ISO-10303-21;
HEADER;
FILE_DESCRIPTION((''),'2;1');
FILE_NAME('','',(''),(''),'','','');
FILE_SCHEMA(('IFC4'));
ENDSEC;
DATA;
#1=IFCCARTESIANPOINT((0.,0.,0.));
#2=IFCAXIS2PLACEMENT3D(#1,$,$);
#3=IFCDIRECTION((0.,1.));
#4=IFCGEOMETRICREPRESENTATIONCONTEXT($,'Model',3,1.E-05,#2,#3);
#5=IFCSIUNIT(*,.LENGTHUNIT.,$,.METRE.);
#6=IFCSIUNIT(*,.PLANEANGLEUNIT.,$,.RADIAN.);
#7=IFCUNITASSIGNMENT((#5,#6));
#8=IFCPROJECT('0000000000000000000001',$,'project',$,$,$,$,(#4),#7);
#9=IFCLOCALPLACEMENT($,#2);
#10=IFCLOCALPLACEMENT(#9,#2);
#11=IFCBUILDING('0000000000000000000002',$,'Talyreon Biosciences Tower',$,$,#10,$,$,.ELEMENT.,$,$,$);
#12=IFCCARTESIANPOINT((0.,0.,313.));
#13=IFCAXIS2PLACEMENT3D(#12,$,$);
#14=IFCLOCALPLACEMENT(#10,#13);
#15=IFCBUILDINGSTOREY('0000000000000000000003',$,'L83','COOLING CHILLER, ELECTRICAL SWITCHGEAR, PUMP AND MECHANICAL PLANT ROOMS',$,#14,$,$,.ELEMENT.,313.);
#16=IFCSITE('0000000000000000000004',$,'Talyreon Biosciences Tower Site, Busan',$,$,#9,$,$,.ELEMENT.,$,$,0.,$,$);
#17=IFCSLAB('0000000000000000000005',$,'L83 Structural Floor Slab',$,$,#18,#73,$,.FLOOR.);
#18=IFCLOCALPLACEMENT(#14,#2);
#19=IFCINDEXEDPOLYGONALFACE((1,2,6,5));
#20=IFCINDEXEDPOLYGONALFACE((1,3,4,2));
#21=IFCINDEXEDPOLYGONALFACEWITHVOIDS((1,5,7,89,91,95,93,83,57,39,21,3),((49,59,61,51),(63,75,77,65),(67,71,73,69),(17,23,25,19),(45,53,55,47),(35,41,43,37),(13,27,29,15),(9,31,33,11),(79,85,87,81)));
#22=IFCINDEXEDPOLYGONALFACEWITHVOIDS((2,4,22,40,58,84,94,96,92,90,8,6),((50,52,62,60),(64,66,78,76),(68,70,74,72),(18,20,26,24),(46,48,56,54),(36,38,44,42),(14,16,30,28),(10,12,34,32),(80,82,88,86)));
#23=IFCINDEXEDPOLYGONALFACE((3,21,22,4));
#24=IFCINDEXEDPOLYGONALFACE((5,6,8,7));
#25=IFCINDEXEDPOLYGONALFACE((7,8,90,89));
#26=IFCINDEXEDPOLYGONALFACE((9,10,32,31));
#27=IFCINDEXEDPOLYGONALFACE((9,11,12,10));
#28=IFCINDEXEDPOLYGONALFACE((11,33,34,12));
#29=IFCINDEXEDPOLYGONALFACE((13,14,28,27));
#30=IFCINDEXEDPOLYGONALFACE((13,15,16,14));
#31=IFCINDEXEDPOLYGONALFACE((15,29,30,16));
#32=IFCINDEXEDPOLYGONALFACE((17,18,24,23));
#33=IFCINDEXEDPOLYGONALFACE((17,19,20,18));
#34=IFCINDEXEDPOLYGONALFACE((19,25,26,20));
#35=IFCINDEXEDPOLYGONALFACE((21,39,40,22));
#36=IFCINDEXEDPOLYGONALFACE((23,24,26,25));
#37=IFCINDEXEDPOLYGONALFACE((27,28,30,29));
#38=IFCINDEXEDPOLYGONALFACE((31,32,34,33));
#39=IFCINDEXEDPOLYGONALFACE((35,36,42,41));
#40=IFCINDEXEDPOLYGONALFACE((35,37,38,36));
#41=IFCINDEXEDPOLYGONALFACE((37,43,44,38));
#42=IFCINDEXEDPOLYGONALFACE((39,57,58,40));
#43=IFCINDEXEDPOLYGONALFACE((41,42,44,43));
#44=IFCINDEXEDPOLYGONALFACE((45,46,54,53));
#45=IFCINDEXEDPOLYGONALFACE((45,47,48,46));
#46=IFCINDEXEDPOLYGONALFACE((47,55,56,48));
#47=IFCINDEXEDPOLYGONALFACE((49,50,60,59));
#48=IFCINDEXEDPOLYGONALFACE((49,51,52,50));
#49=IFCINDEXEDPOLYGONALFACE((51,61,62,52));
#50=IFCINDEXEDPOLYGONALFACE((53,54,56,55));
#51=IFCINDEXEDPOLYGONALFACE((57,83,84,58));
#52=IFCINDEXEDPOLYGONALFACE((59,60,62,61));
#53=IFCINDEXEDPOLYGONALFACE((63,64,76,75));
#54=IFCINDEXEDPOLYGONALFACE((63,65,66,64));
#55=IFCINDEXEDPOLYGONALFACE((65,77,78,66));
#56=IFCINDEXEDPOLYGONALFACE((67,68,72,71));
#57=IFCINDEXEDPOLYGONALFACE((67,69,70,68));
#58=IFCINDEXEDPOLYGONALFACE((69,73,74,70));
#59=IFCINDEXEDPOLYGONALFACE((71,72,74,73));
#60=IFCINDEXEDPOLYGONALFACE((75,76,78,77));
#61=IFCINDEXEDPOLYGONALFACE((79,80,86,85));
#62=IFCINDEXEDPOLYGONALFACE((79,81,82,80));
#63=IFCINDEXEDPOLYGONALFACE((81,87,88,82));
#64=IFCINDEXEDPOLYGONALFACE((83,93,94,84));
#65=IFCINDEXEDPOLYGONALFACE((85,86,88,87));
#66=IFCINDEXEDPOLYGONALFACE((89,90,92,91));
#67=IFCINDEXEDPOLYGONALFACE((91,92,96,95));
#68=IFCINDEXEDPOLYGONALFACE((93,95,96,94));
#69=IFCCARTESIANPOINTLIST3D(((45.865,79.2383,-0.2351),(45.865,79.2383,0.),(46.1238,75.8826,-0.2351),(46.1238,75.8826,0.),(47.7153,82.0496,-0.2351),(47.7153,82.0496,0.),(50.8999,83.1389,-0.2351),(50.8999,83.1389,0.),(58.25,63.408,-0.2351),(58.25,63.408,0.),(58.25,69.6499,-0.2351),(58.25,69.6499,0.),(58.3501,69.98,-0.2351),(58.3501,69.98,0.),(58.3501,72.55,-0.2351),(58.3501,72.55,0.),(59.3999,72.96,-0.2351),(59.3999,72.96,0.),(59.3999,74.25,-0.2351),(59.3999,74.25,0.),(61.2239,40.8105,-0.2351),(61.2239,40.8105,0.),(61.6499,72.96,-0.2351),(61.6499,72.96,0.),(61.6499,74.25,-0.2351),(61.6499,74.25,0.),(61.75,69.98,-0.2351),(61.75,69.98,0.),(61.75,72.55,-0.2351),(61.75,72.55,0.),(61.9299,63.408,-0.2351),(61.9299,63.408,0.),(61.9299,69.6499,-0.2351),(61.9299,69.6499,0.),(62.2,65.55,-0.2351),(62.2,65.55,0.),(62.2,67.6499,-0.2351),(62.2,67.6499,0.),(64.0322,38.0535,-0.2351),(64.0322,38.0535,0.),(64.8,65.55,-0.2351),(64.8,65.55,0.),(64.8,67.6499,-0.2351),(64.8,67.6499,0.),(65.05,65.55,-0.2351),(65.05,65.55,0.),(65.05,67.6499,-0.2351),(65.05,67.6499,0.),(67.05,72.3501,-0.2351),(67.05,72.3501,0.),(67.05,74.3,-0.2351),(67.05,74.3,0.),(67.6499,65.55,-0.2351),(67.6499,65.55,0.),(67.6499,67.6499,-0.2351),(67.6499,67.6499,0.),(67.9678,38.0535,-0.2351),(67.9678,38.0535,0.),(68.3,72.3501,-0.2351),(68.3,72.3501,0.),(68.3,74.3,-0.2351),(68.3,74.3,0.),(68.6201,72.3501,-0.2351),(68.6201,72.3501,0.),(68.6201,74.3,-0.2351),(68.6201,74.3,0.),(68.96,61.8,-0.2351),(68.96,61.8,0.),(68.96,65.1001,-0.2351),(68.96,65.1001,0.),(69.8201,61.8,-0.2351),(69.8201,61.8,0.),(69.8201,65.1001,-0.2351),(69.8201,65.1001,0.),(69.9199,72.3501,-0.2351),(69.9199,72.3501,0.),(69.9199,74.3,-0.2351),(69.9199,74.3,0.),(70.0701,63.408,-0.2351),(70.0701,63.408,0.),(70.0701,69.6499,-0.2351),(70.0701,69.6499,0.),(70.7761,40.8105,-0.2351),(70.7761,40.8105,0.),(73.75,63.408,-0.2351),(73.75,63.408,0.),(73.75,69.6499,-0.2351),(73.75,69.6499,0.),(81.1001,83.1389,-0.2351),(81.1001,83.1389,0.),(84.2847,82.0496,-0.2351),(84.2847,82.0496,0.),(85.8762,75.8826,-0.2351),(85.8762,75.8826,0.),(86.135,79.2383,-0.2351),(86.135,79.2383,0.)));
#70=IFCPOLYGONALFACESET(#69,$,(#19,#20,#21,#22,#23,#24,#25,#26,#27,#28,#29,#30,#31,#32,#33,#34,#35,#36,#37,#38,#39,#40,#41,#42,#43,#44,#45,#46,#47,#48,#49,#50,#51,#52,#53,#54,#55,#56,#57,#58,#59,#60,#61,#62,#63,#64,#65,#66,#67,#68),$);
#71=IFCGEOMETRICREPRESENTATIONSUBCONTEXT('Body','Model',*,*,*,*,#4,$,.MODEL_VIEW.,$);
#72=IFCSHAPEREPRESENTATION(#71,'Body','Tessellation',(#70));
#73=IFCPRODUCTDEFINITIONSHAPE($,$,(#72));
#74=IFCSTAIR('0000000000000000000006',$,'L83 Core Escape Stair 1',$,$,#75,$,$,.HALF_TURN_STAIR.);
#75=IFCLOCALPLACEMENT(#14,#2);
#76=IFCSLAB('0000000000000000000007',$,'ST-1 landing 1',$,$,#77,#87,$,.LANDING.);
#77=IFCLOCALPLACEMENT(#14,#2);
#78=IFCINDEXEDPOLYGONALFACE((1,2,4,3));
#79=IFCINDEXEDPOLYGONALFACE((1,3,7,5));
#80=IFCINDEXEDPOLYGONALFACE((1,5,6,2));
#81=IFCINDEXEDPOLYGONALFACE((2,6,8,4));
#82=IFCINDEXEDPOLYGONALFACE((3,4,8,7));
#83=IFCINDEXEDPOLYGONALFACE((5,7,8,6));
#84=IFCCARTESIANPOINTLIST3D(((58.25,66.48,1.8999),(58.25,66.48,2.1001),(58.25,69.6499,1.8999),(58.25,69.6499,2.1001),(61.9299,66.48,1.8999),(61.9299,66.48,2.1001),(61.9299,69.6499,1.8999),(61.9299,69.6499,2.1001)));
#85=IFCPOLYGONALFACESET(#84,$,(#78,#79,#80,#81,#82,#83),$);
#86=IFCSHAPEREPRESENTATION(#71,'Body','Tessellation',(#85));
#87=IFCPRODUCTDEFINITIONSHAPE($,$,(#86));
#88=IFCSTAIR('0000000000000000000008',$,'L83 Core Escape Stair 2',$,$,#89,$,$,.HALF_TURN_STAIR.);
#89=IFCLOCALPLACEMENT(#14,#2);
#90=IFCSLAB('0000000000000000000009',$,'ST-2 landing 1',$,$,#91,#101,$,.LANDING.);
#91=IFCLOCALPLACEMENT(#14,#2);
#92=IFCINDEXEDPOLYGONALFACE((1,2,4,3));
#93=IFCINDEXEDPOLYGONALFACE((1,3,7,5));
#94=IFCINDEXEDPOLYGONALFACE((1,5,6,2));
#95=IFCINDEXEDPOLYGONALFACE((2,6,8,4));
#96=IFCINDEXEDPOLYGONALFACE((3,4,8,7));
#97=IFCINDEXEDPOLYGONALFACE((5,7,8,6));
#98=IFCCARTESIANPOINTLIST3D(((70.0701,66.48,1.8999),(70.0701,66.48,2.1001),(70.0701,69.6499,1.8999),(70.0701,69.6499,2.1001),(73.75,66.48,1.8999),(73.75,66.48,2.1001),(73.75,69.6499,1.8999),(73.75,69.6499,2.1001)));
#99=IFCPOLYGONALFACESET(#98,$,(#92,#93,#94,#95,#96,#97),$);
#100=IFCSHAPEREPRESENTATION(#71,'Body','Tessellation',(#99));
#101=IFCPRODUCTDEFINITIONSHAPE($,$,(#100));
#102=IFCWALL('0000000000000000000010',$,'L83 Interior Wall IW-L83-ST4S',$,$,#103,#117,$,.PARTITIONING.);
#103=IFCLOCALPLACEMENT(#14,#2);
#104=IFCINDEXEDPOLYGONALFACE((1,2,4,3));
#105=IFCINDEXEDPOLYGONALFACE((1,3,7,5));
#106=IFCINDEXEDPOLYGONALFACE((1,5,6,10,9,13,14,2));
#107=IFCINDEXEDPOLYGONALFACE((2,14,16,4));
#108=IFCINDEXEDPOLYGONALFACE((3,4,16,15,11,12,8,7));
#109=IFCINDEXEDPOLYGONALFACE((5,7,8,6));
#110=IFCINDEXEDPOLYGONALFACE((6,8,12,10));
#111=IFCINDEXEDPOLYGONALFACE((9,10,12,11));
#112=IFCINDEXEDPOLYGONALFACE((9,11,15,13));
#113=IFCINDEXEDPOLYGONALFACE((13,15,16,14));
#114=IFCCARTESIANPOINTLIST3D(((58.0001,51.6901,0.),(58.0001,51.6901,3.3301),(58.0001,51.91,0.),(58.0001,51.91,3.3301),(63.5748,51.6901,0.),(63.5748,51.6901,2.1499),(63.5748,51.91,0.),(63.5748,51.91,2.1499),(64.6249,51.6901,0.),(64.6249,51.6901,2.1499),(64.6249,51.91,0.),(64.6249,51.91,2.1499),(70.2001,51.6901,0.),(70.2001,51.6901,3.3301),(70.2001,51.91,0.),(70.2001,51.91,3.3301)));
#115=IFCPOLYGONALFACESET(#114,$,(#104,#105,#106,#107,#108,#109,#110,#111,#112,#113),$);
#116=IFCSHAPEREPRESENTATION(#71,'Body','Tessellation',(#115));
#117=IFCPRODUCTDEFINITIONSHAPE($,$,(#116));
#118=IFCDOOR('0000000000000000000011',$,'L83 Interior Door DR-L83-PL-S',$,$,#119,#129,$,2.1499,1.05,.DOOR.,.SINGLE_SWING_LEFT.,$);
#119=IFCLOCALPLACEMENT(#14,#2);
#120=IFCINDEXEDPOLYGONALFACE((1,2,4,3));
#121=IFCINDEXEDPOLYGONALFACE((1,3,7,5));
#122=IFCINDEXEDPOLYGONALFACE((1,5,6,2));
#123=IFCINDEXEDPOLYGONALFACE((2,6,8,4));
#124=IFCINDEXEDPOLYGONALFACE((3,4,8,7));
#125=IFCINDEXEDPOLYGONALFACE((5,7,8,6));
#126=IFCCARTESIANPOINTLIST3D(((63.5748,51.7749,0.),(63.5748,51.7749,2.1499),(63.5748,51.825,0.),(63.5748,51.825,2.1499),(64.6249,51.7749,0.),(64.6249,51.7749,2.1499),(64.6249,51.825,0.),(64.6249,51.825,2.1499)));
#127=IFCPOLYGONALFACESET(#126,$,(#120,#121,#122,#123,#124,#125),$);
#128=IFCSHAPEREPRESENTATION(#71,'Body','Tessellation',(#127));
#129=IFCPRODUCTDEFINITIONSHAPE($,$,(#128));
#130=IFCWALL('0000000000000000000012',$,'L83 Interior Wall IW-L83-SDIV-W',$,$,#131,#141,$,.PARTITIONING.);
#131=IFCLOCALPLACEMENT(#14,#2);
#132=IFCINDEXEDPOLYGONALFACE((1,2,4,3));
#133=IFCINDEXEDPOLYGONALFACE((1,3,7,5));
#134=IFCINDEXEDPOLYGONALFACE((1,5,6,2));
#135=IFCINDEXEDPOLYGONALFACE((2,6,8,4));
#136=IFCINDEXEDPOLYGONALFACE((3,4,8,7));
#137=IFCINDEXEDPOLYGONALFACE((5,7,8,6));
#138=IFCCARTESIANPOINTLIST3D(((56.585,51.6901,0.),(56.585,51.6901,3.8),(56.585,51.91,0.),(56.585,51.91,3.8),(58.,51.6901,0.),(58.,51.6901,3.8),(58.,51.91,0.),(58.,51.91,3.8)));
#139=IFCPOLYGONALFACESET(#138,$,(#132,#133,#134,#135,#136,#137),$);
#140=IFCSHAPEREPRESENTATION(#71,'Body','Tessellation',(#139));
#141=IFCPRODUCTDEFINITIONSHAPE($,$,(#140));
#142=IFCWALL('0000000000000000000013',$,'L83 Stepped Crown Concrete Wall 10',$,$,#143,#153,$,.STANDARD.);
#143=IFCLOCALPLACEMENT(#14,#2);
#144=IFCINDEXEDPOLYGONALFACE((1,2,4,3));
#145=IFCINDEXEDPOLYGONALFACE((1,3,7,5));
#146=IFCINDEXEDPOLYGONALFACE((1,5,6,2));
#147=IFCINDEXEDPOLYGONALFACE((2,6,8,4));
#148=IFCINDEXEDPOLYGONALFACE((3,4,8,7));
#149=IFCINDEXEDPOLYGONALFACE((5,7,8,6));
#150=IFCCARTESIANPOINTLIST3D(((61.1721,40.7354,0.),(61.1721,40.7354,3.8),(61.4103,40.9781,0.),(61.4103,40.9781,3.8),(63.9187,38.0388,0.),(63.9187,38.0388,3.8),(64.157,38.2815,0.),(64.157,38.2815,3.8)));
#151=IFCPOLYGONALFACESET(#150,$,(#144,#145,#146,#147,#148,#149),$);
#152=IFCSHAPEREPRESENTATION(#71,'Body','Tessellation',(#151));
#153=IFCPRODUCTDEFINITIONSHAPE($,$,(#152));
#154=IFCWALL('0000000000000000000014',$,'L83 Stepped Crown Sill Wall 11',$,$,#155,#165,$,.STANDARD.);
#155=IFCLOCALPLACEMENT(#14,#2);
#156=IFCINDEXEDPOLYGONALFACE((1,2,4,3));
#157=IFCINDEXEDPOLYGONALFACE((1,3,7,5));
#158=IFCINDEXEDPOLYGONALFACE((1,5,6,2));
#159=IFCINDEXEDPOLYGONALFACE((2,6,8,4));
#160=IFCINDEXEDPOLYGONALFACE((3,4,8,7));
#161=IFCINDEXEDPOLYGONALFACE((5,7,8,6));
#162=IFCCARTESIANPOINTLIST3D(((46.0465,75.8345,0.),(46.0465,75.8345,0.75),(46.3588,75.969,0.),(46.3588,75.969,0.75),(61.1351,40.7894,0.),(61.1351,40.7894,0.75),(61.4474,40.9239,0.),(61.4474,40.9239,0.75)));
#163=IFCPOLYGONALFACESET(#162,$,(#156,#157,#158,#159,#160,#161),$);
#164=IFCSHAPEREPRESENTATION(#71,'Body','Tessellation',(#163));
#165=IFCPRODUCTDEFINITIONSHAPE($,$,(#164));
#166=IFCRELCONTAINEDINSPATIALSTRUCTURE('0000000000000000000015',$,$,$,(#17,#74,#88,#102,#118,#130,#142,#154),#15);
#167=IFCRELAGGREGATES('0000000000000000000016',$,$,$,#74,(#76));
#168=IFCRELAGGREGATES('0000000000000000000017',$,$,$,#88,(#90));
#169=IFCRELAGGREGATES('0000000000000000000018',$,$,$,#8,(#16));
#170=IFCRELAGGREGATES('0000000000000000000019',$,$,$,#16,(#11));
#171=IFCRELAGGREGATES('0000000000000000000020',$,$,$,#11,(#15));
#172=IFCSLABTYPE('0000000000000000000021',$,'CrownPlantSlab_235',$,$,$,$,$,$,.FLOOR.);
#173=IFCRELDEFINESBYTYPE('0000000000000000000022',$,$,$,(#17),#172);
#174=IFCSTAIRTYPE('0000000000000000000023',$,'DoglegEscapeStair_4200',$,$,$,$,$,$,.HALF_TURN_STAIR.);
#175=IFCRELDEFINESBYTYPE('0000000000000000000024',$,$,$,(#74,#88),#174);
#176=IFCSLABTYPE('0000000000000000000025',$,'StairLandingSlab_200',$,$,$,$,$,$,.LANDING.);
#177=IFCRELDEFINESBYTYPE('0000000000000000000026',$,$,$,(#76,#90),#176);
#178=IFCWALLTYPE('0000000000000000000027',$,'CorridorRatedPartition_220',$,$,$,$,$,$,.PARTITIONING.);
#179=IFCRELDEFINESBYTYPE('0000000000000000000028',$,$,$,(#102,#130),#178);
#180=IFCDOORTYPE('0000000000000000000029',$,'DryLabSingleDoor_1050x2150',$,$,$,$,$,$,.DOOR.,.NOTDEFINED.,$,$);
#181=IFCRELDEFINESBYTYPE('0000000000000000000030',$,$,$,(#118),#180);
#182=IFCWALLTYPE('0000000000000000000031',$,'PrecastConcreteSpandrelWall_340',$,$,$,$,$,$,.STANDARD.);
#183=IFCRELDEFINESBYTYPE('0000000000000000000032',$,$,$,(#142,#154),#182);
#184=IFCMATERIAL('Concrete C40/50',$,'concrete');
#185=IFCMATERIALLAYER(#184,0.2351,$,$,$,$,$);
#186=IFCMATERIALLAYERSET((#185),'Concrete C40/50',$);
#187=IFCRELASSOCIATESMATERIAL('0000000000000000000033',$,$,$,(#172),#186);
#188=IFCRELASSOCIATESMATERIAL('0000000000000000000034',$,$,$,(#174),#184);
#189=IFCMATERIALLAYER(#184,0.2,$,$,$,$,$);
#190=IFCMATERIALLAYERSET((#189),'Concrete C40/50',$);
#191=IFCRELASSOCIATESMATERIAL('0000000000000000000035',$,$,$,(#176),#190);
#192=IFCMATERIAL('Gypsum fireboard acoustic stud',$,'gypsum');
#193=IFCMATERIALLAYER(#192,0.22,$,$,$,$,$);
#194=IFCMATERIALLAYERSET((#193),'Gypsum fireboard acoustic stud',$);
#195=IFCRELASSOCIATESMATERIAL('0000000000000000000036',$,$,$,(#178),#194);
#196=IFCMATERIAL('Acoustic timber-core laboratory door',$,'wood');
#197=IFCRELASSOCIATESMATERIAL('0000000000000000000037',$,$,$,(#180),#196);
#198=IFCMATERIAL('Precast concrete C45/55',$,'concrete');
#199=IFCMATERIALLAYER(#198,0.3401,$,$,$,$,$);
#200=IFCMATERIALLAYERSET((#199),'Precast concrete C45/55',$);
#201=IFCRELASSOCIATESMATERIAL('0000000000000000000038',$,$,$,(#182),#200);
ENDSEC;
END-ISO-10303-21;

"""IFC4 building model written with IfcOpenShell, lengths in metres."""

from ifc_helpers import new_model, si_unit, direction, frame, frame_2d, origin, place, context, subcontext, project, spatial, polyline, rectangle, outline, extrude, material, layer, layer_set, type_object, element, fill, aggregate, save


model = new_model("IFC4")

# Units and contexts
model_context = context("Model", 3, precision=1e-05, world=origin(), true_north=direction((0.0, 1.0)))
body_context = subcontext(model_context, "Body", "Model", "MODEL_VIEW")
ifc_project = project(units=[si_unit("LENGTHUNIT", "METRE"), si_unit("PLANEANGLEUNIT", "RADIAN")], contexts=[model_context])

# Site, building, storey
site_placement = place(None, origin())
site = spatial("IfcSite", under=ifc_project, at=site_placement, Name="Talyreon Biosciences Tower Site, Busan", CompositionType="ELEMENT", RefElevation=0.0)
building_placement = place(site_placement, origin())
building = spatial("IfcBuilding", under=site, at=building_placement, Name="Talyreon Biosciences Tower", CompositionType="ELEMENT")
storey_placement = place(building_placement, frame((0.0, 0.0, 313.0)))
storey = spatial("IfcBuildingStorey", under=building, at=storey_placement, Name="L83", Description="COOLING CHILLER, ELECTRICAL SWITCHGEAR, PUMP AND MECHANICAL PLANT ROOMS", CompositionType="ELEMENT", Elevation=313.0)

# Slab
ifc_material_1 = material(Name="Concrete C40/50", Category="concrete")
ifc_layer_1 = layer(ifc_material_1, 0.2351)
ifc_layer_set_1 = layer_set([ifc_layer_1], Name="Concrete C40/50")
slab_type_1 = type_object("IfcSlabType", Name="CrownPlantSlab_235", PredefinedType="FLOOR", material=ifc_layer_set_1)
slab_1_placement = place(storey_placement, frame((0.0, 0.0, -0.2351)))
element("IfcSlab", 1, at=slab_1_placement, inside=storey, type_object=slab_type_1, Name="L83 Structural Floor Slab", PredefinedType="FLOOR", context=body_context, shape_type="SweptSolid", body=[
    extrude(outline(polyline([(46.1238, 75.8826), (45.865, 79.2383), (47.7153, 82.0496), (50.8999, 83.1389), (81.1001, 83.1389), (84.2847, 82.0496), (86.135, 79.2383), (85.8762, 75.8826), (70.7761, 40.8105), (67.9678, 38.0535), (64.0322, 38.0535), (61.2239, 40.8105), (46.1238, 75.8826)]), holes=[polyline([(69.8201, 65.1001), (69.8201, 61.8), (68.96, 61.8), (68.96, 65.1001), (69.8201, 65.1001)]), polyline([(61.9299, 69.6499), (61.9299, 63.408), (58.25, 63.408), (58.25, 69.6499), (61.9299, 69.6499)]), polyline([(73.75, 69.6499), (73.75, 63.408), (70.0701, 63.408), (70.0701, 69.6499), (73.75, 69.6499)]), polyline([(64.8, 67.6499), (64.8, 65.55), (62.2, 65.55), (62.2, 67.6499), (64.8, 67.6499)]), polyline([(67.6499, 67.6499), (67.6499, 65.55), (65.05, 65.55), (65.05, 67.6499), (67.6499, 67.6499)]), polyline([(61.75, 72.55), (61.75, 69.98), (58.3501, 69.98), (58.3501, 72.55), (61.75, 72.55)]), polyline([(68.3, 74.3), (68.3, 72.3501), (67.05, 72.3501), (67.05, 74.3), (68.3, 74.3)]), polyline([(69.9199, 72.3501), (68.6201, 72.3501), (68.6201, 74.3), (69.9199, 74.3), (69.9199, 72.3501)]), polyline([(61.6499, 72.96), (59.3999, 72.96), (59.3999, 74.25), (61.6499, 74.25), (61.6499, 72.96)])]), origin(), (0.0, 0.0, 1.0), 0.2351),
])

# Stairs, slabs
stair_type = type_object("IfcStairType", Name="DoglegEscapeStair_4200", PredefinedType="HALF_TURN_STAIR", material=ifc_material_1)
stair_1_placement = place(storey_placement, origin())
stair_1 = element("IfcStair", 2, at=stair_1_placement, inside=storey, type_object=stair_type, Name="L83 Core Escape Stair 1", PredefinedType="HALF_TURN_STAIR")
ifc_layer_2 = layer(ifc_material_1, 0.2)
ifc_layer_set_2 = layer_set([ifc_layer_2], Name="Concrete C40/50")
slab_type_2 = type_object("IfcSlabType", Name="StairLandingSlab_200", PredefinedType="LANDING", material=ifc_layer_set_2)
slab_2_placement = place(storey_placement, frame((0.0, 0.0, 1.8999)))
slab_2 = element("IfcSlab", 3, at=slab_2_placement, type_object=slab_type_2, Name="ST-1 landing 1", PredefinedType="LANDING", context=body_context, shape_type="SweptSolid", body=[
    extrude(outline(polyline([(61.9299, 66.48), (61.9299, 69.6499), (58.25, 69.6499), (58.25, 66.48), (61.9299, 66.48)])), origin(), (0.0, 0.0, 1.0), 0.2002),
])
aggregate(stair_1, [slab_2])
stair_2_placement = place(storey_placement, origin())
stair_2 = element("IfcStair", 4, at=stair_2_placement, inside=storey, type_object=stair_type, Name="L83 Core Escape Stair 2", PredefinedType="HALF_TURN_STAIR")
slab_3_placement = place(storey_placement, frame((0.0, 0.0, 1.8999)))
slab_3 = element("IfcSlab", 5, at=slab_3_placement, type_object=slab_type_2, Name="ST-2 landing 1", PredefinedType="LANDING", context=body_context, shape_type="SweptSolid", body=[
    extrude(outline(polyline([(73.75, 66.48), (73.75, 69.6499), (70.0701, 69.6499), (70.0701, 66.48), (73.75, 66.48)])), origin(), (0.0, 0.0, 1.0), 0.2002),
])
aggregate(stair_2, [slab_3])

# Wall, opening, door
ifc_material_2 = material(Name="Gypsum fireboard acoustic stud", Category="gypsum")
ifc_layer_3 = layer(ifc_material_2, 0.22)
ifc_layer_set_3 = layer_set([ifc_layer_3], Name="Gypsum fireboard acoustic stud")
wall_type_1 = type_object("IfcWallType", Name="CorridorRatedPartition_220", PredefinedType="PARTITIONING", material=ifc_layer_set_3)
wall_1_placement = place(storey_placement, frame((58.0, 51.8, 0.0), z_axis=(0.0, 0.0, 1.0), x_axis=(1.0, 0.0, 0.0)))
wall_1 = element("IfcWall", 6, at=wall_1_placement, inside=storey, type_object=wall_type_1, Name="L83 Interior Wall IW-L83-ST4S", PredefinedType="PARTITIONING", context=body_context, shape_type="SweptSolid", body=[
    extrude(rectangle(XDim=12.2, YDim=0.22, at=frame_2d((6.1001, 0.0))), origin(), (0.0, 0.0, 1.0), 3.3301),
])
opening_placement = place(wall_1_placement, frame((5.575, 0.0, 0.0)))
opening = element("IfcOpeningElement", 7, at=opening_placement, cuts=wall_1, PredefinedType="OPENING", context=body_context, shape_type="SweptSolid", body=[
    extrude(rectangle(XDim=1.05, YDim=2.1499, at=frame_2d((0.5249, 1.075))), frame((0.0, 0.1199, 0.0), z_axis=(0.0, -1.0, 0.0), x_axis=(1.0, 0.0, 0.0)), (0.0, 0.0, 1.0), 0.24),
])
ifc_material_3 = material(Name="Acoustic timber-core laboratory door", Category="wood")
door_type = type_object("IfcDoorType", Name="DryLabSingleDoor_1050x2150", OperationType="NOTDEFINED", PredefinedType="DOOR", material=ifc_material_3)
door_placement = place(opening_placement, origin())
door = element("IfcDoor", 8, at=door_placement, inside=storey, type_object=door_type, Name="L83 Interior Door DR-L83-PL-S", OperationType="SINGLE_SWING_LEFT", OverallHeight=2.1499, OverallWidth=1.05, PredefinedType="DOOR", context=body_context, shape_type="SweptSolid", body=[
    extrude(rectangle(XDim=1.05, YDim=2.1499, at=frame_2d((0.5249, 1.075))), frame((0.0, 0.0249, 0.0), z_axis=(0.0, -1.0, 0.0), x_axis=(1.0, 0.0, 0.0)), (0.0, 0.0, 1.0), 0.05),
])
fill(opening, door)

# Walls
wall_2_placement = place(storey_placement, frame((56.585, 51.8, 0.0), z_axis=(0.0, 0.0, 1.0), x_axis=(1.0, 0.0, 0.0)))
element("IfcWall", 9, at=wall_2_placement, inside=storey, type_object=wall_type_1, Name="L83 Interior Wall IW-L83-SDIV-W", PredefinedType="PARTITIONING", context=body_context, shape_type="SweptSolid", body=[
    extrude(rectangle(XDim=1.415, YDim=0.22, at=frame_2d((0.7075, 0.0))), origin(), (0.0, 0.0, 1.0), 3.8),
])
ifc_material_4 = material(Name="Precast concrete C45/55", Category="concrete")
ifc_layer_4 = layer(ifc_material_4, 0.3401)
ifc_layer_set_4 = layer_set([ifc_layer_4], Name="Precast concrete C45/55")
wall_type_2 = type_object("IfcWallType", Name="PrecastConcreteSpandrelWall_340", PredefinedType="STANDARD", material=ifc_layer_set_4)
wall_3_placement = place(storey_placement, frame((64.0378, 38.1602, 0.0), z_axis=(0.0, 0.0, 1.0), x_axis=(-0.713578, 0.700575, 0.0)))
element("IfcWall", 10, at=wall_3_placement, inside=storey, type_object=wall_type_2, Name="L83 Stepped Crown Concrete Wall 10", PredefinedType="STANDARD", context=body_context, shape_type="SweptSolid", body=[
    extrude(rectangle(XDim=3.8491, YDim=0.3401, at=frame_2d((1.9246, 0.0))), origin(), (0.0, 0.0, 1.0), 3.8),
])
wall_4_placement = place(storey_placement, frame((61.2913, 40.8567, 0.0), z_axis=(0.0, 0.0, 1.0), x_axis=(-0.395452, 0.918486, 0.0)))
element("IfcWall", 11, at=wall_4_placement, inside=storey, type_object=wall_type_2, Name="L83 Stepped Crown Sill Wall 11", PredefinedType="STANDARD", context=body_context, shape_type="SweptSolid", body=[
    extrude(rectangle(XDim=38.1553, YDim=0.3401, at=frame_2d((19.0776, 0.0))), origin(), (0.0, 0.0, 1.0), 0.75),
])

save(model, "model.ifc")
